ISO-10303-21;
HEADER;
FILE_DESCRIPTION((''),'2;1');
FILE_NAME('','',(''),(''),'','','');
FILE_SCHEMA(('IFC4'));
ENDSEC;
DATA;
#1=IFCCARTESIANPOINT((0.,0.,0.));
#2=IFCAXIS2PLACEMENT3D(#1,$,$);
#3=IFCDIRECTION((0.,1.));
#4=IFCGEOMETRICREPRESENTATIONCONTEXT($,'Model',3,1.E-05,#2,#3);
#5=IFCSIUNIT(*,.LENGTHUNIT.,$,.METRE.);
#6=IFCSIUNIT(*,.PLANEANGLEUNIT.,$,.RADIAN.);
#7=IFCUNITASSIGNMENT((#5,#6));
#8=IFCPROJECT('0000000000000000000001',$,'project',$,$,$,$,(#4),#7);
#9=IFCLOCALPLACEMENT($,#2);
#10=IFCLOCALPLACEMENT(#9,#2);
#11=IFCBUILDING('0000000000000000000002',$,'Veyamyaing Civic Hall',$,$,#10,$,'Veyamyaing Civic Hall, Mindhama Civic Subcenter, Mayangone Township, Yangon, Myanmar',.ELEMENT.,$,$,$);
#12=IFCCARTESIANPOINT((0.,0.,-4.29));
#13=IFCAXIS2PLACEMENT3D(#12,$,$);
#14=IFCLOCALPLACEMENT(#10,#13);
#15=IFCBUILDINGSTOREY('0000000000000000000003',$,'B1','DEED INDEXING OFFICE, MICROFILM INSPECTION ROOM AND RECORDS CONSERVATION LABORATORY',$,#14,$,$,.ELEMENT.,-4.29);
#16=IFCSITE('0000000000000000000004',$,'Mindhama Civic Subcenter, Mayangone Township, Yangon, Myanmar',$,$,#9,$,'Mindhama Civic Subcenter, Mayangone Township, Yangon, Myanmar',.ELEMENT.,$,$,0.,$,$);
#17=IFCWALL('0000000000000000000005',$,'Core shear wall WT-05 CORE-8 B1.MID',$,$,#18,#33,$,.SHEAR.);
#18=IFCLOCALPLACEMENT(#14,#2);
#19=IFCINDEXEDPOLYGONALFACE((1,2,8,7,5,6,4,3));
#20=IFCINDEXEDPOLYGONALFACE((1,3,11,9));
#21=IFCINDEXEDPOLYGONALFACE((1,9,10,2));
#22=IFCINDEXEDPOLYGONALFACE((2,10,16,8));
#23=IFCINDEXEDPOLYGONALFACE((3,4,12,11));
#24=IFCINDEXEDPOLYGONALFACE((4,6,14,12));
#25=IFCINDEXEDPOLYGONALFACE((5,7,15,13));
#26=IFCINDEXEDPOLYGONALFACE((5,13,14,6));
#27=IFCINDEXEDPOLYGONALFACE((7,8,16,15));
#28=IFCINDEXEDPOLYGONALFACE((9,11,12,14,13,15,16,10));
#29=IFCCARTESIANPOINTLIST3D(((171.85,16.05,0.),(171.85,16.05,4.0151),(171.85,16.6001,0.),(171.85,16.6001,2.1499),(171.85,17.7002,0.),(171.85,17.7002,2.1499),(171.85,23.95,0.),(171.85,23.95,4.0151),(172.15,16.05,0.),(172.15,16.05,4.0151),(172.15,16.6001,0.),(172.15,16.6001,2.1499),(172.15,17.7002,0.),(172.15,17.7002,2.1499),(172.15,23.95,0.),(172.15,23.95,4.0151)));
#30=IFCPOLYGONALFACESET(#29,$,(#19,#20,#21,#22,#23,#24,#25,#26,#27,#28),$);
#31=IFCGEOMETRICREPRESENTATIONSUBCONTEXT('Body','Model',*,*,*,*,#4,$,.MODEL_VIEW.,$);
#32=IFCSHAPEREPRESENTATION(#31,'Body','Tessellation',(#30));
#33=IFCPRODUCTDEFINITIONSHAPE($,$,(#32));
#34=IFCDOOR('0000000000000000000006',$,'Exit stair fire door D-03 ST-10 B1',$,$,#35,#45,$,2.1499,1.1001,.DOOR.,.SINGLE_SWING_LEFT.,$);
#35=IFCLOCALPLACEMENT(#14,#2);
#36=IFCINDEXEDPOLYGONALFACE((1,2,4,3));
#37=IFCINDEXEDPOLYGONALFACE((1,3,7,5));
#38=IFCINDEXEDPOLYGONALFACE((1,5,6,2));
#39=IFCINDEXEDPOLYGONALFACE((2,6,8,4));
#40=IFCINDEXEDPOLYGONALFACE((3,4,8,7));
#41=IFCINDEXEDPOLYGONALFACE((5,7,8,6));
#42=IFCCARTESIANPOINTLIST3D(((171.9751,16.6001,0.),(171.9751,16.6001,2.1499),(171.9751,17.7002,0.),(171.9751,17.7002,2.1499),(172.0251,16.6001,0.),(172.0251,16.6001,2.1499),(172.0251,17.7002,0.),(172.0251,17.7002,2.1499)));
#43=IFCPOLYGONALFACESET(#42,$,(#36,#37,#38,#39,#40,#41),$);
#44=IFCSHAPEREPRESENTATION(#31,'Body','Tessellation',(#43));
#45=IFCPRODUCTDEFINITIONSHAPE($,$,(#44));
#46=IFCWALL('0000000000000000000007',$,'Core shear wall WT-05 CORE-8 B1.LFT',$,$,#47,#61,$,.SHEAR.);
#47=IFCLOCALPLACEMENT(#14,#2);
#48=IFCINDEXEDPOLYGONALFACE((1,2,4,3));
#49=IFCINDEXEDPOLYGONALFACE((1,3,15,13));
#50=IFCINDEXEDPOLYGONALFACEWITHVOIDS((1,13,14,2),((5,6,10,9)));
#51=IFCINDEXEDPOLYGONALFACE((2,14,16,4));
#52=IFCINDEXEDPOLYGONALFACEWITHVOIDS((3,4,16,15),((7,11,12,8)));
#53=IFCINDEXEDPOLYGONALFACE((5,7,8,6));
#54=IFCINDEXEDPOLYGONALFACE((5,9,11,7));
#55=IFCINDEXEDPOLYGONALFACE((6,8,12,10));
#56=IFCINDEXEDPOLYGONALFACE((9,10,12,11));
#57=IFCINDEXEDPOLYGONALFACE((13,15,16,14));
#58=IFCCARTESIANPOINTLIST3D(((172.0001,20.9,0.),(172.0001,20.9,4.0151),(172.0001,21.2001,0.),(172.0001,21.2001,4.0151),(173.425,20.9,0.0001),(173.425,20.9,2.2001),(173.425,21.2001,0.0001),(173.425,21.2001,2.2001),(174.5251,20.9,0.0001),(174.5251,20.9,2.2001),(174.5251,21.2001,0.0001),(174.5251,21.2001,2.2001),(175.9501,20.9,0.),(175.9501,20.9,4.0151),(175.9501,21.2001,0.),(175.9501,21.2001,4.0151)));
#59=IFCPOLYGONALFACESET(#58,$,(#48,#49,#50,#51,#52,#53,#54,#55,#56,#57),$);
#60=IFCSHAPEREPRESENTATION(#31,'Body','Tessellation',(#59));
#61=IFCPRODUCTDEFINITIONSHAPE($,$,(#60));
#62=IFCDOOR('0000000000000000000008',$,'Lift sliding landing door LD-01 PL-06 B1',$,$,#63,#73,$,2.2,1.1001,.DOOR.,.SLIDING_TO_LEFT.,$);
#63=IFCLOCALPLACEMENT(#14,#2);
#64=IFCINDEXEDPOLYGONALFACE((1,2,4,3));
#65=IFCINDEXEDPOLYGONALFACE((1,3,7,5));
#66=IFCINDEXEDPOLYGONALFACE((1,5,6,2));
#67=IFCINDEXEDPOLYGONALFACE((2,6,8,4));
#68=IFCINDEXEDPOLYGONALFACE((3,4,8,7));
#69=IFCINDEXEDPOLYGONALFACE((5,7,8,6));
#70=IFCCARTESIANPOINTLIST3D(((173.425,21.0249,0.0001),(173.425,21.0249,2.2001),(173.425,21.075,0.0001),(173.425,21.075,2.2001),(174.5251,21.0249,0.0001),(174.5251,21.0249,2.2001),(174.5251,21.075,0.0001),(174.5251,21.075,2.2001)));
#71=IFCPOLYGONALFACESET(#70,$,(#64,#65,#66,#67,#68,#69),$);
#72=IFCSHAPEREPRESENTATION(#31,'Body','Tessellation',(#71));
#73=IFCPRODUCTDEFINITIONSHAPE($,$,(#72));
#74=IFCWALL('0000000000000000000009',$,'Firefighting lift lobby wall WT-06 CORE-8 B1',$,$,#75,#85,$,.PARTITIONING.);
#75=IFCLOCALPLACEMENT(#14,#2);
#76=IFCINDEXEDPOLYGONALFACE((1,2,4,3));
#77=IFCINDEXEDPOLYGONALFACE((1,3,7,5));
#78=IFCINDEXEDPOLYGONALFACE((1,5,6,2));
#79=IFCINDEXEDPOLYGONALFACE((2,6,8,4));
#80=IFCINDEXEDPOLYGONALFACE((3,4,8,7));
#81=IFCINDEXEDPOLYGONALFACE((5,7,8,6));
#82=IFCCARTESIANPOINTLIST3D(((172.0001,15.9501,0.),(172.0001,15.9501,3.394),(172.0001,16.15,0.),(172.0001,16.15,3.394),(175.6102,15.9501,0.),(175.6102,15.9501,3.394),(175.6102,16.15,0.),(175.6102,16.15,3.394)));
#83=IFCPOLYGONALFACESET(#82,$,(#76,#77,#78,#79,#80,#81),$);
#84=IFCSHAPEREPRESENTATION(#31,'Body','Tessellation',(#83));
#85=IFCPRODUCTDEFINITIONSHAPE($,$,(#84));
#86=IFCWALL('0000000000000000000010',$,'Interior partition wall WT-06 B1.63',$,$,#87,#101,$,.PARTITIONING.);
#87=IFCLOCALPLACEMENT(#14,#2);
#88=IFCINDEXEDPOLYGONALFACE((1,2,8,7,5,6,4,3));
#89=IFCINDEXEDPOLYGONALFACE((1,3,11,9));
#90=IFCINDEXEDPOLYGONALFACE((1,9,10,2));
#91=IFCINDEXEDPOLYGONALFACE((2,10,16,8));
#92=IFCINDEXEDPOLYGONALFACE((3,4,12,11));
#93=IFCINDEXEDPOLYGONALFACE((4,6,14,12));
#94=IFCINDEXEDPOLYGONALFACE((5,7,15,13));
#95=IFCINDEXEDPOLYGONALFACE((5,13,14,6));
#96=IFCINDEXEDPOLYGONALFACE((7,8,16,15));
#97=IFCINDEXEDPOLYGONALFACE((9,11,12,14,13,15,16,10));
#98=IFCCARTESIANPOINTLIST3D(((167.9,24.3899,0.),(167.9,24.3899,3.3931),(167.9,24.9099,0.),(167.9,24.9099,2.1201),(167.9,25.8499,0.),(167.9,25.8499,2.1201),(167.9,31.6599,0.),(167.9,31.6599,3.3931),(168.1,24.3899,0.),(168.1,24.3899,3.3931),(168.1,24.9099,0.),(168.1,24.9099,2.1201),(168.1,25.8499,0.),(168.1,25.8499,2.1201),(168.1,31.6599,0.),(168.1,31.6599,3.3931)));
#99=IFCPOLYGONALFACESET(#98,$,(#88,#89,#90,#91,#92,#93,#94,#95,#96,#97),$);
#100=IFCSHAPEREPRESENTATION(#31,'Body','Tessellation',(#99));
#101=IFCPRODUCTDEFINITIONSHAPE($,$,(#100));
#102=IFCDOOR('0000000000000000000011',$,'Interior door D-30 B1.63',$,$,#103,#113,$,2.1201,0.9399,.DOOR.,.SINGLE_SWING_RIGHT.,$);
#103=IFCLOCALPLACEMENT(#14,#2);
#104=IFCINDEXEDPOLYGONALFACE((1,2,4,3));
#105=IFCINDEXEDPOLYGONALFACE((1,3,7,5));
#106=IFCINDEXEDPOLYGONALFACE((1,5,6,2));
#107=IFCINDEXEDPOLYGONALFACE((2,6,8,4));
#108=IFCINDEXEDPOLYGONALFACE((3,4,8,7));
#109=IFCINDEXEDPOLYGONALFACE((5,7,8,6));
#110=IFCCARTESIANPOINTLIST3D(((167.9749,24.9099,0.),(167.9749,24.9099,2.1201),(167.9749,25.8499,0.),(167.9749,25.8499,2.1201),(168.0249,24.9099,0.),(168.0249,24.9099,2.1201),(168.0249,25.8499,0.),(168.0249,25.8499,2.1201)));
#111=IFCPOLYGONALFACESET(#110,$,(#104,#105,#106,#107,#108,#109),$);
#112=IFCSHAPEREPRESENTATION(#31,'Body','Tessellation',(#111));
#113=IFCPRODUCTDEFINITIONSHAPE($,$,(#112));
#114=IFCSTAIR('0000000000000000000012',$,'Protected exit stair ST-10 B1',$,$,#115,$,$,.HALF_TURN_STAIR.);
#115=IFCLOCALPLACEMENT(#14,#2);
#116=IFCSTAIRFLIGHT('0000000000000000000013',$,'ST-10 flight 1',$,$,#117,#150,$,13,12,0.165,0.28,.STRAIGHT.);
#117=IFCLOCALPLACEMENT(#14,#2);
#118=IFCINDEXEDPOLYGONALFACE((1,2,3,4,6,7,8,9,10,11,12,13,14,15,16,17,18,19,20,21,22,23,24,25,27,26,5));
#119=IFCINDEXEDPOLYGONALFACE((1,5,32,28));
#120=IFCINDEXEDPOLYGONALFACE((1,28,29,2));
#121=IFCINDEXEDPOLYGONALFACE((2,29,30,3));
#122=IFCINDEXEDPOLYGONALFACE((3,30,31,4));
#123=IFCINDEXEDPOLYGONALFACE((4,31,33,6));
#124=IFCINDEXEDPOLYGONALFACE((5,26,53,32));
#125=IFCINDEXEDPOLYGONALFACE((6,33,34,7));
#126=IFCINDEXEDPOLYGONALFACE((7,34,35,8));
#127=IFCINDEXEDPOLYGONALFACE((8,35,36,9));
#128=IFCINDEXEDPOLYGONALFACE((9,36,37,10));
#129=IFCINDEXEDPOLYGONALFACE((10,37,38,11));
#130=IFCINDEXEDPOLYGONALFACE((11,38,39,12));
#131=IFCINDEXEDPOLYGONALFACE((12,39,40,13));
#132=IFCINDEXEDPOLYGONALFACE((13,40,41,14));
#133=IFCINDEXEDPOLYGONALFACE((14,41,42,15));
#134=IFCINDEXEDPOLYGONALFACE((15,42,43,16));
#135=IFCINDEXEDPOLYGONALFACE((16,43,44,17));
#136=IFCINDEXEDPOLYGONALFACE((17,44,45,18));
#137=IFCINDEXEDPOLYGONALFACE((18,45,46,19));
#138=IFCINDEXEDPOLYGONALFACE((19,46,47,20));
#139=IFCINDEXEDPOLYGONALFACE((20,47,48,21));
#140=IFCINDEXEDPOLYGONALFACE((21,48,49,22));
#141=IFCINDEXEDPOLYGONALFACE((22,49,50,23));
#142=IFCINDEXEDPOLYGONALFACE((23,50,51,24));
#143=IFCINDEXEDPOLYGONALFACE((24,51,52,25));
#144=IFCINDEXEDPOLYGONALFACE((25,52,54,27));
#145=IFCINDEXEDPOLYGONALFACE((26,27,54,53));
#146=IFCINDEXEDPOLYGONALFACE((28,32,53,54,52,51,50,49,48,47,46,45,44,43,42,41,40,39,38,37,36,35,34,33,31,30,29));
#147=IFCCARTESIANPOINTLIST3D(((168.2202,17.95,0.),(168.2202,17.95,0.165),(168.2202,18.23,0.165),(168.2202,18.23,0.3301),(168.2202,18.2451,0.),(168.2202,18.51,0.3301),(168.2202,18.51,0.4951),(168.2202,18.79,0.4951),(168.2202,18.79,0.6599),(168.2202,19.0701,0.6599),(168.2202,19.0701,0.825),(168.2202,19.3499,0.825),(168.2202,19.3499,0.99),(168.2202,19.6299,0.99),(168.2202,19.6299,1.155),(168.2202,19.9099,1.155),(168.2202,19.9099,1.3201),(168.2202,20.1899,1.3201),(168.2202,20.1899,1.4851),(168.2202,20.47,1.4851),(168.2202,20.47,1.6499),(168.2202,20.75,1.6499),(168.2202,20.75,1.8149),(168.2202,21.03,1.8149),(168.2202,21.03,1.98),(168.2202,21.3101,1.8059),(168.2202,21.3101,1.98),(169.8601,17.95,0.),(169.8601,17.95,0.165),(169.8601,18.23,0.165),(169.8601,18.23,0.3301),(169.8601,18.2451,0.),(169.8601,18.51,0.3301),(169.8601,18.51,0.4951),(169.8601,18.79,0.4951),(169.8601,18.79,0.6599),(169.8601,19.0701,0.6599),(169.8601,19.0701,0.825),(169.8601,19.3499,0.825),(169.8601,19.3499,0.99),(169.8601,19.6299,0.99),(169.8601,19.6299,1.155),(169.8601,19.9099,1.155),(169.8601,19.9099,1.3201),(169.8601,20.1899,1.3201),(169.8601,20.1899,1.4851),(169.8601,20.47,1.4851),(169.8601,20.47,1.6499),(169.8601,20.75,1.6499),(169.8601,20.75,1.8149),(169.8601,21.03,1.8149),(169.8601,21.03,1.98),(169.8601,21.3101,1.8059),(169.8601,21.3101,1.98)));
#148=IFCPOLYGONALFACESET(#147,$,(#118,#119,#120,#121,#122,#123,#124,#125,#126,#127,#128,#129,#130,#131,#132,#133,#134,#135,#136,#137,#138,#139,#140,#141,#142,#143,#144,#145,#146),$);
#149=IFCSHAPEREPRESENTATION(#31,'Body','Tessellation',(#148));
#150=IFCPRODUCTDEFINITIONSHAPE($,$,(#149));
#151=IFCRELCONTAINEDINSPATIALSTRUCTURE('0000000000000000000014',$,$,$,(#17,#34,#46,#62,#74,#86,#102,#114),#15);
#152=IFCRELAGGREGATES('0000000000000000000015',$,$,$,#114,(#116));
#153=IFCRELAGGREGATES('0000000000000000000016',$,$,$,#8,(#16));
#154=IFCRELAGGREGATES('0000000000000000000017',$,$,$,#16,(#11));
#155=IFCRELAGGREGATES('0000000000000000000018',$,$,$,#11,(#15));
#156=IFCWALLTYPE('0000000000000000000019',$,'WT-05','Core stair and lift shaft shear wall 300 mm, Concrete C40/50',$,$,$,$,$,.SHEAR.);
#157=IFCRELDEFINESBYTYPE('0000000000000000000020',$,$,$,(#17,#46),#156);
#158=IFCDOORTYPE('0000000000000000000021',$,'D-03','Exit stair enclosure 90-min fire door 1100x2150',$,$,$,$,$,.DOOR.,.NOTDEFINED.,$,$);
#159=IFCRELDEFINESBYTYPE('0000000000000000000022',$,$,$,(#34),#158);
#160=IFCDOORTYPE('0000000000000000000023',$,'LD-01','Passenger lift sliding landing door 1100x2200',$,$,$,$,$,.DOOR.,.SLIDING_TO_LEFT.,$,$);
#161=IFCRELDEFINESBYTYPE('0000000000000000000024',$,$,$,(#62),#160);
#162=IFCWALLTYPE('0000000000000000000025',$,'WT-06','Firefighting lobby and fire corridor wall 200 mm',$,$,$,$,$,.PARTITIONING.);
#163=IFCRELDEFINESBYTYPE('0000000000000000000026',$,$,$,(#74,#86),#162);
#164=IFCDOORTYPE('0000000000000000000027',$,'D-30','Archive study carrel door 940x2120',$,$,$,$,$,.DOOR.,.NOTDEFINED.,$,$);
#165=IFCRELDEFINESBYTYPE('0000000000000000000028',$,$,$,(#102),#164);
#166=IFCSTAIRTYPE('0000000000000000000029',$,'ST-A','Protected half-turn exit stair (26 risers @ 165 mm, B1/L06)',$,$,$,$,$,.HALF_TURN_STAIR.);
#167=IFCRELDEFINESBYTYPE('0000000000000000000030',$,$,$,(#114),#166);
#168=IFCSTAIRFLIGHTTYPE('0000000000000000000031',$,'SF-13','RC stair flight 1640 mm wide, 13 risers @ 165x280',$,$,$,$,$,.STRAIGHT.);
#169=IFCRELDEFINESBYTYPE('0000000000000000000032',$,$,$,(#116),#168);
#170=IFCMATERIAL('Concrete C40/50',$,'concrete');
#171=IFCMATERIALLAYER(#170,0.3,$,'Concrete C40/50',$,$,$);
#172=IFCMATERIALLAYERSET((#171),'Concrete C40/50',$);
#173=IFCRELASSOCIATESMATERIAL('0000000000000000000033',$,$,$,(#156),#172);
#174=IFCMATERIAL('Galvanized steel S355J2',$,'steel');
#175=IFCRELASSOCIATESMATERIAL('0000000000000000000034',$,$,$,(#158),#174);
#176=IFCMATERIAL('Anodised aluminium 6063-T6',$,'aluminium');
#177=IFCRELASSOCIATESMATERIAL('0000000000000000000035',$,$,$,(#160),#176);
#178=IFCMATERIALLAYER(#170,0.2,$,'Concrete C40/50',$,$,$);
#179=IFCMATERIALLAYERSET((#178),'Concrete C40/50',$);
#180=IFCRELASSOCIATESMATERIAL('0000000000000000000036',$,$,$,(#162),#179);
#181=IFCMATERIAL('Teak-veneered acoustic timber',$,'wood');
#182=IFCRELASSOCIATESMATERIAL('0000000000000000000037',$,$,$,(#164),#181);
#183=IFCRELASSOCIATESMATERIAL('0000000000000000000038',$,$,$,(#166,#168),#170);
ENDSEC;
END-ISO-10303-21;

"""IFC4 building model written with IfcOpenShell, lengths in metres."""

from ifc_helpers import new_model, si_unit, direction, frame, frame_2d, origin, place, context, subcontext, project, spatial, polyline, rectangle, outline, extrude, material, layer, layer_set, type_object, element, fill, aggregate, save


model = new_model("IFC4")

# Units and contexts
model_context = context("Model", 3, precision=1e-05, world=origin(), true_north=direction((0.0, 1.0)))
body_context = subcontext(model_context, "Body", "Model", "MODEL_VIEW")
ifc_project = project(units=[si_unit("LENGTHUNIT", "METRE"), si_unit("PLANEANGLEUNIT", "RADIAN")], contexts=[model_context])

# Site, building, storey
site_placement = place(None, origin())
site = spatial("IfcSite", under=ifc_project, at=site_placement, Name="Mindhama Civic Subcenter, Mayangone Township, Yangon, Myanmar", LongName="Mindhama Civic Subcenter, Mayangone Township, Yangon, Myanmar", CompositionType="ELEMENT", RefElevation=0.0)
building_placement = place(site_placement, origin())
building = spatial("IfcBuilding", under=site, at=building_placement, Name="Veyamyaing Civic Hall", LongName="Veyamyaing Civic Hall, Mindhama Civic Subcenter, Mayangone Township, Yangon, Myanmar", CompositionType="ELEMENT")
storey_placement = place(building_placement, frame((0.0, 0.0, -4.29)))
storey = spatial("IfcBuildingStorey", under=building, at=storey_placement, Name="B1", Description="DEED INDEXING OFFICE, MICROFILM INSPECTION ROOM AND RECORDS CONSERVATION LABORATORY", CompositionType="ELEMENT", Elevation=-4.29)

# Shared definitions
ifc_material_1 = material(Name="Concrete C40/50", Category="concrete")

# Shared definitions
ifc_layer_1 = layer(ifc_material_1, 0.3, Name="Concrete C40/50")
ifc_layer_set_1 = layer_set([ifc_layer_1], Name="Concrete C40/50")
wall_type_1 = type_object("IfcWallType", Name="WT-05", Description="Core stair and lift shaft shear wall 300 mm, Concrete C40/50", PredefinedType="SHEAR", material=ifc_layer_set_1)
ifc_material_2 = material(Name="Teak-veneered acoustic timber", Category="wood")

# Walls, openings, doors
wall_1_placement = place(storey_placement, frame((172.0, 16.05, 0.0), z_axis=(0.0, 0.0, 1.0), x_axis=(0.0, 1.0, 0.0)))
wall_1 = element("IfcWall", 1, at=wall_1_placement, inside=storey, type_object=wall_type_1, Name="Core shear wall WT-05 CORE-8 B1.MID", PredefinedType="SHEAR", context=body_context, shape_type="SweptSolid", body=[
    extrude(rectangle(XDim=7.8999, YDim=0.3, at=frame_2d((3.95, 0.0))), origin(), (0.0, 0.0, 1.0), 4.0151),
])
opening_1_placement = place(wall_1_placement, frame((0.55, 0.0, 0.0)))
opening_1 = element("IfcOpeningElement", 2, at=opening_1_placement, cuts=wall_1, PredefinedType="OPENING", context=body_context, shape_type="SweptSolid", body=[
    extrude(rectangle(XDim=1.1001, YDim=2.1499, at=frame_2d((0.55, 1.075))), frame((0.0, 0.1599, 0.0), z_axis=(0.0, -1.0, 0.0), x_axis=(1.0, 0.0, 0.0)), (0.0, 0.0, 1.0), 0.3201),
])
ifc_material_3 = material(Name="Galvanized steel S355J2", Category="steel")
door_type_1 = type_object("IfcDoorType", Name="D-03", Description="Exit stair enclosure 90-min fire door 1100x2150", OperationType="NOTDEFINED", PredefinedType="DOOR", material=ifc_material_3)
door_1_placement = place(opening_1_placement, origin())
door_1 = element("IfcDoor", 3, at=door_1_placement, inside=storey, type_object=door_type_1, Name="Exit stair fire door D-03 ST-10 B1", OperationType="SINGLE_SWING_LEFT", OverallHeight=2.1499, OverallWidth=1.1001, PredefinedType="DOOR", context=body_context, shape_type="SweptSolid", body=[
    extrude(rectangle(XDim=1.1001, YDim=2.1499, at=frame_2d((0.55, 1.075))), frame((0.0, 0.0249, 0.0), z_axis=(0.0, -1.0, 0.0), x_axis=(1.0, 0.0, 0.0)), (0.0, 0.0, 1.0), 0.05),
])
fill(opening_1, door_1)
wall_2_placement = place(storey_placement, frame((172.0, 21.05, 0.0), z_axis=(0.0, 0.0, 1.0), x_axis=(1.0, 0.0, 0.0)))
wall_2 = element("IfcWall", 4, at=wall_2_placement, inside=storey, type_object=wall_type_1, Name="Core shear wall WT-05 CORE-8 B1.LFT", PredefinedType="SHEAR", context=body_context, shape_type="SweptSolid", body=[
    extrude(rectangle(XDim=3.95, YDim=0.3, at=frame_2d((1.9751, 0.0))), origin(), (0.0, 0.0, 1.0), 4.0151),
])
opening_2_placement = place(wall_2_placement, frame((1.425, 0.0, 0.0)))
opening_2 = element("IfcOpeningElement", 5, at=opening_2_placement, cuts=wall_2, PredefinedType="OPENING", context=body_context, shape_type="SweptSolid", body=[
    extrude(rectangle(XDim=1.1001, YDim=2.2, at=frame_2d((0.55, 1.1001))), frame((0.0, 0.1599, 0.0), z_axis=(0.0, -1.0, 0.0), x_axis=(1.0, 0.0, 0.0)), (0.0, 0.0, 1.0), 0.3201),
])
ifc_material_4 = material(Name="Anodised aluminium 6063-T6", Category="aluminium")
door_type_2 = type_object("IfcDoorType", Name="LD-01", Description="Passenger lift sliding landing door 1100x2200", OperationType="SLIDING_TO_LEFT", PredefinedType="DOOR", material=ifc_material_4)
door_2_placement = place(opening_2_placement, origin())
door_2 = element("IfcDoor", 6, at=door_2_placement, inside=storey, type_object=door_type_2, Name="Lift sliding landing door LD-01 PL-06 B1", OperationType="SLIDING_TO_LEFT", OverallHeight=2.2, OverallWidth=1.1001, PredefinedType="DOOR", context=body_context, shape_type="SweptSolid", body=[
    extrude(rectangle(XDim=1.1001, YDim=2.2, at=frame_2d((0.55, 1.1001))), frame((0.0, 0.0249, 0.0), z_axis=(0.0, -1.0, 0.0), x_axis=(1.0, 0.0, 0.0)), (0.0, 0.0, 1.0), 0.05),
])
fill(opening_2, door_2)

# Wall
ifc_layer_2 = layer(ifc_material_1, 0.2, Name="Concrete C40/50")
ifc_layer_set_2 = layer_set([ifc_layer_2], Name="Concrete C40/50")
wall_type_2 = type_object("IfcWallType", Name="WT-06", Description="Firefighting lobby and fire corridor wall 200 mm", PredefinedType="PARTITIONING", material=ifc_layer_set_2)
wall_3_placement = place(storey_placement, frame((172.0, 16.05, 0.0), z_axis=(0.0, 0.0, 1.0), x_axis=(1.0, 0.0, 0.0)))
element("IfcWall", 7, at=wall_3_placement, inside=storey, type_object=wall_type_2, Name="Firefighting lift lobby wall WT-06 CORE-8 B1", PredefinedType="PARTITIONING", context=body_context, shape_type="SweptSolid", body=[
    extrude(rectangle(XDim=3.6101, YDim=0.2, at=frame_2d((1.8052, 0.0))), origin(), (0.0, 0.0, 1.0), 3.394),
])

# Wall, opening, door
wall_4_placement = place(storey_placement, frame((168.0, 24.3899, 0.0), z_axis=(0.0, 0.0, 1.0), x_axis=(0.0, 1.0, 0.0)))
wall_4 = element("IfcWall", 8, at=wall_4_placement, inside=storey, type_object=wall_type_2, Name="Interior partition wall WT-06 B1.63", PredefinedType="PARTITIONING", context=body_context, shape_type="SweptSolid", body=[
    extrude(rectangle(XDim=7.27, YDim=0.2, at=frame_2d((3.635, 0.0))), origin(), (0.0, 0.0, 1.0), 3.3931),
])
opening_3_placement = place(wall_4_placement, frame((0.52, 0.0, 0.0)))
opening_3 = element("IfcOpeningElement", 9, at=opening_3_placement, cuts=wall_4, PredefinedType="OPENING", context=body_context, shape_type="SweptSolid", body=[
    extrude(rectangle(XDim=0.9399, YDim=2.1201, at=frame_2d((0.47, 1.0601))), frame((0.0, 0.1099, 0.0), z_axis=(0.0, -1.0, 0.0), x_axis=(1.0, 0.0, 0.0)), (0.0, 0.0, 1.0), 0.22),
])
door_type_3 = type_object("IfcDoorType", Name="D-30", Description="Archive study carrel door 940x2120", OperationType="NOTDEFINED", PredefinedType="DOOR", material=ifc_material_2)
door_3_placement = place(opening_3_placement, frame((0.9399, 0.0, 0.0), z_axis=(0.0, 0.0, 1.0), x_axis=(-1.0, 0.0, 0.0)))
door_3 = element("IfcDoor", 10, at=door_3_placement, inside=storey, type_object=door_type_3, Name="Interior door D-30 B1.63", OperationType="SINGLE_SWING_RIGHT", OverallHeight=2.1201, OverallWidth=0.9399, PredefinedType="DOOR", context=body_context, shape_type="SweptSolid", body=[
    extrude(rectangle(XDim=0.9399, YDim=2.1201, at=frame_2d((0.47, 1.0601))), frame((0.0, 0.0249, 0.0), z_axis=(0.0, -1.0, 0.0), x_axis=(1.0, 0.0, 0.0)), (0.0, 0.0, 1.0), 0.05),
])
fill(opening_3, door_3)

# Stair, stair flight
stair_type = type_object("IfcStairType", Name="ST-A", Description="Protected half-turn exit stair (26 risers @ 165 mm, B1/L06)", PredefinedType="HALF_TURN_STAIR", material=ifc_material_1)
stair_placement = place(storey_placement, origin())
stair = element("IfcStair", 11, at=stair_placement, inside=storey, type_object=stair_type, Name="Protected exit stair ST-10 B1", PredefinedType="HALF_TURN_STAIR")
stair_flight_type = type_object("IfcStairFlightType", Name="SF-13", Description="RC stair flight 1640 mm wide, 13 risers @ 165x280", PredefinedType="STRAIGHT", material=ifc_material_1)
stair_flight_1_placement = place(storey_placement, frame((169.04, 17.95, 0.0), z_axis=(0.0, 0.0, 1.0), x_axis=(0.0, 1.0, 0.0)))
stair_flight_1 = element("IfcStairFlight", 12, at=stair_flight_1_placement, type_object=stair_flight_type, Name="ST-10 flight 1", NumberOfRisers=13, NumberOfTreads=12, PredefinedType="STRAIGHT", RiserHeight=0.165, TreadLength=0.28, context=body_context, shape_type="SweptSolid", body=[
    extrude(outline(polyline([(0.0, 0.0), (0.0, 0.165), (0.28, 0.165), (0.28, 0.3301), (0.5601, 0.3301), (0.5601, 0.4951), (0.8401, 0.4951), (0.8401, 0.6599), (1.1201, 0.6599), (1.1201, 0.825), (1.3999, 0.825), (1.3999, 0.99), (1.6799, 0.99), (1.6799, 1.155), (1.96, 1.155), (1.96, 1.3201), (2.24, 1.3201), (2.24, 1.4851), (2.52, 1.4851), (2.52, 1.6499), (2.8, 1.6499), (2.8, 1.8149), (3.0801, 1.8149), (3.0801, 1.98), (3.3601, 1.98), (3.3601, 2.145), (3.3601, 1.8059), (0.2952, 0.0), (0.0, 0.0)])), frame((0.0, 0.8198, 0.0), z_axis=(0.0, -1.0, 0.0), x_axis=(1.0, 0.0, 0.0)), (0.0, 0.0, 1.0), 1.6399),
])
aggregate(stair, [stair_flight_1])

save(model, "model.ifc")
